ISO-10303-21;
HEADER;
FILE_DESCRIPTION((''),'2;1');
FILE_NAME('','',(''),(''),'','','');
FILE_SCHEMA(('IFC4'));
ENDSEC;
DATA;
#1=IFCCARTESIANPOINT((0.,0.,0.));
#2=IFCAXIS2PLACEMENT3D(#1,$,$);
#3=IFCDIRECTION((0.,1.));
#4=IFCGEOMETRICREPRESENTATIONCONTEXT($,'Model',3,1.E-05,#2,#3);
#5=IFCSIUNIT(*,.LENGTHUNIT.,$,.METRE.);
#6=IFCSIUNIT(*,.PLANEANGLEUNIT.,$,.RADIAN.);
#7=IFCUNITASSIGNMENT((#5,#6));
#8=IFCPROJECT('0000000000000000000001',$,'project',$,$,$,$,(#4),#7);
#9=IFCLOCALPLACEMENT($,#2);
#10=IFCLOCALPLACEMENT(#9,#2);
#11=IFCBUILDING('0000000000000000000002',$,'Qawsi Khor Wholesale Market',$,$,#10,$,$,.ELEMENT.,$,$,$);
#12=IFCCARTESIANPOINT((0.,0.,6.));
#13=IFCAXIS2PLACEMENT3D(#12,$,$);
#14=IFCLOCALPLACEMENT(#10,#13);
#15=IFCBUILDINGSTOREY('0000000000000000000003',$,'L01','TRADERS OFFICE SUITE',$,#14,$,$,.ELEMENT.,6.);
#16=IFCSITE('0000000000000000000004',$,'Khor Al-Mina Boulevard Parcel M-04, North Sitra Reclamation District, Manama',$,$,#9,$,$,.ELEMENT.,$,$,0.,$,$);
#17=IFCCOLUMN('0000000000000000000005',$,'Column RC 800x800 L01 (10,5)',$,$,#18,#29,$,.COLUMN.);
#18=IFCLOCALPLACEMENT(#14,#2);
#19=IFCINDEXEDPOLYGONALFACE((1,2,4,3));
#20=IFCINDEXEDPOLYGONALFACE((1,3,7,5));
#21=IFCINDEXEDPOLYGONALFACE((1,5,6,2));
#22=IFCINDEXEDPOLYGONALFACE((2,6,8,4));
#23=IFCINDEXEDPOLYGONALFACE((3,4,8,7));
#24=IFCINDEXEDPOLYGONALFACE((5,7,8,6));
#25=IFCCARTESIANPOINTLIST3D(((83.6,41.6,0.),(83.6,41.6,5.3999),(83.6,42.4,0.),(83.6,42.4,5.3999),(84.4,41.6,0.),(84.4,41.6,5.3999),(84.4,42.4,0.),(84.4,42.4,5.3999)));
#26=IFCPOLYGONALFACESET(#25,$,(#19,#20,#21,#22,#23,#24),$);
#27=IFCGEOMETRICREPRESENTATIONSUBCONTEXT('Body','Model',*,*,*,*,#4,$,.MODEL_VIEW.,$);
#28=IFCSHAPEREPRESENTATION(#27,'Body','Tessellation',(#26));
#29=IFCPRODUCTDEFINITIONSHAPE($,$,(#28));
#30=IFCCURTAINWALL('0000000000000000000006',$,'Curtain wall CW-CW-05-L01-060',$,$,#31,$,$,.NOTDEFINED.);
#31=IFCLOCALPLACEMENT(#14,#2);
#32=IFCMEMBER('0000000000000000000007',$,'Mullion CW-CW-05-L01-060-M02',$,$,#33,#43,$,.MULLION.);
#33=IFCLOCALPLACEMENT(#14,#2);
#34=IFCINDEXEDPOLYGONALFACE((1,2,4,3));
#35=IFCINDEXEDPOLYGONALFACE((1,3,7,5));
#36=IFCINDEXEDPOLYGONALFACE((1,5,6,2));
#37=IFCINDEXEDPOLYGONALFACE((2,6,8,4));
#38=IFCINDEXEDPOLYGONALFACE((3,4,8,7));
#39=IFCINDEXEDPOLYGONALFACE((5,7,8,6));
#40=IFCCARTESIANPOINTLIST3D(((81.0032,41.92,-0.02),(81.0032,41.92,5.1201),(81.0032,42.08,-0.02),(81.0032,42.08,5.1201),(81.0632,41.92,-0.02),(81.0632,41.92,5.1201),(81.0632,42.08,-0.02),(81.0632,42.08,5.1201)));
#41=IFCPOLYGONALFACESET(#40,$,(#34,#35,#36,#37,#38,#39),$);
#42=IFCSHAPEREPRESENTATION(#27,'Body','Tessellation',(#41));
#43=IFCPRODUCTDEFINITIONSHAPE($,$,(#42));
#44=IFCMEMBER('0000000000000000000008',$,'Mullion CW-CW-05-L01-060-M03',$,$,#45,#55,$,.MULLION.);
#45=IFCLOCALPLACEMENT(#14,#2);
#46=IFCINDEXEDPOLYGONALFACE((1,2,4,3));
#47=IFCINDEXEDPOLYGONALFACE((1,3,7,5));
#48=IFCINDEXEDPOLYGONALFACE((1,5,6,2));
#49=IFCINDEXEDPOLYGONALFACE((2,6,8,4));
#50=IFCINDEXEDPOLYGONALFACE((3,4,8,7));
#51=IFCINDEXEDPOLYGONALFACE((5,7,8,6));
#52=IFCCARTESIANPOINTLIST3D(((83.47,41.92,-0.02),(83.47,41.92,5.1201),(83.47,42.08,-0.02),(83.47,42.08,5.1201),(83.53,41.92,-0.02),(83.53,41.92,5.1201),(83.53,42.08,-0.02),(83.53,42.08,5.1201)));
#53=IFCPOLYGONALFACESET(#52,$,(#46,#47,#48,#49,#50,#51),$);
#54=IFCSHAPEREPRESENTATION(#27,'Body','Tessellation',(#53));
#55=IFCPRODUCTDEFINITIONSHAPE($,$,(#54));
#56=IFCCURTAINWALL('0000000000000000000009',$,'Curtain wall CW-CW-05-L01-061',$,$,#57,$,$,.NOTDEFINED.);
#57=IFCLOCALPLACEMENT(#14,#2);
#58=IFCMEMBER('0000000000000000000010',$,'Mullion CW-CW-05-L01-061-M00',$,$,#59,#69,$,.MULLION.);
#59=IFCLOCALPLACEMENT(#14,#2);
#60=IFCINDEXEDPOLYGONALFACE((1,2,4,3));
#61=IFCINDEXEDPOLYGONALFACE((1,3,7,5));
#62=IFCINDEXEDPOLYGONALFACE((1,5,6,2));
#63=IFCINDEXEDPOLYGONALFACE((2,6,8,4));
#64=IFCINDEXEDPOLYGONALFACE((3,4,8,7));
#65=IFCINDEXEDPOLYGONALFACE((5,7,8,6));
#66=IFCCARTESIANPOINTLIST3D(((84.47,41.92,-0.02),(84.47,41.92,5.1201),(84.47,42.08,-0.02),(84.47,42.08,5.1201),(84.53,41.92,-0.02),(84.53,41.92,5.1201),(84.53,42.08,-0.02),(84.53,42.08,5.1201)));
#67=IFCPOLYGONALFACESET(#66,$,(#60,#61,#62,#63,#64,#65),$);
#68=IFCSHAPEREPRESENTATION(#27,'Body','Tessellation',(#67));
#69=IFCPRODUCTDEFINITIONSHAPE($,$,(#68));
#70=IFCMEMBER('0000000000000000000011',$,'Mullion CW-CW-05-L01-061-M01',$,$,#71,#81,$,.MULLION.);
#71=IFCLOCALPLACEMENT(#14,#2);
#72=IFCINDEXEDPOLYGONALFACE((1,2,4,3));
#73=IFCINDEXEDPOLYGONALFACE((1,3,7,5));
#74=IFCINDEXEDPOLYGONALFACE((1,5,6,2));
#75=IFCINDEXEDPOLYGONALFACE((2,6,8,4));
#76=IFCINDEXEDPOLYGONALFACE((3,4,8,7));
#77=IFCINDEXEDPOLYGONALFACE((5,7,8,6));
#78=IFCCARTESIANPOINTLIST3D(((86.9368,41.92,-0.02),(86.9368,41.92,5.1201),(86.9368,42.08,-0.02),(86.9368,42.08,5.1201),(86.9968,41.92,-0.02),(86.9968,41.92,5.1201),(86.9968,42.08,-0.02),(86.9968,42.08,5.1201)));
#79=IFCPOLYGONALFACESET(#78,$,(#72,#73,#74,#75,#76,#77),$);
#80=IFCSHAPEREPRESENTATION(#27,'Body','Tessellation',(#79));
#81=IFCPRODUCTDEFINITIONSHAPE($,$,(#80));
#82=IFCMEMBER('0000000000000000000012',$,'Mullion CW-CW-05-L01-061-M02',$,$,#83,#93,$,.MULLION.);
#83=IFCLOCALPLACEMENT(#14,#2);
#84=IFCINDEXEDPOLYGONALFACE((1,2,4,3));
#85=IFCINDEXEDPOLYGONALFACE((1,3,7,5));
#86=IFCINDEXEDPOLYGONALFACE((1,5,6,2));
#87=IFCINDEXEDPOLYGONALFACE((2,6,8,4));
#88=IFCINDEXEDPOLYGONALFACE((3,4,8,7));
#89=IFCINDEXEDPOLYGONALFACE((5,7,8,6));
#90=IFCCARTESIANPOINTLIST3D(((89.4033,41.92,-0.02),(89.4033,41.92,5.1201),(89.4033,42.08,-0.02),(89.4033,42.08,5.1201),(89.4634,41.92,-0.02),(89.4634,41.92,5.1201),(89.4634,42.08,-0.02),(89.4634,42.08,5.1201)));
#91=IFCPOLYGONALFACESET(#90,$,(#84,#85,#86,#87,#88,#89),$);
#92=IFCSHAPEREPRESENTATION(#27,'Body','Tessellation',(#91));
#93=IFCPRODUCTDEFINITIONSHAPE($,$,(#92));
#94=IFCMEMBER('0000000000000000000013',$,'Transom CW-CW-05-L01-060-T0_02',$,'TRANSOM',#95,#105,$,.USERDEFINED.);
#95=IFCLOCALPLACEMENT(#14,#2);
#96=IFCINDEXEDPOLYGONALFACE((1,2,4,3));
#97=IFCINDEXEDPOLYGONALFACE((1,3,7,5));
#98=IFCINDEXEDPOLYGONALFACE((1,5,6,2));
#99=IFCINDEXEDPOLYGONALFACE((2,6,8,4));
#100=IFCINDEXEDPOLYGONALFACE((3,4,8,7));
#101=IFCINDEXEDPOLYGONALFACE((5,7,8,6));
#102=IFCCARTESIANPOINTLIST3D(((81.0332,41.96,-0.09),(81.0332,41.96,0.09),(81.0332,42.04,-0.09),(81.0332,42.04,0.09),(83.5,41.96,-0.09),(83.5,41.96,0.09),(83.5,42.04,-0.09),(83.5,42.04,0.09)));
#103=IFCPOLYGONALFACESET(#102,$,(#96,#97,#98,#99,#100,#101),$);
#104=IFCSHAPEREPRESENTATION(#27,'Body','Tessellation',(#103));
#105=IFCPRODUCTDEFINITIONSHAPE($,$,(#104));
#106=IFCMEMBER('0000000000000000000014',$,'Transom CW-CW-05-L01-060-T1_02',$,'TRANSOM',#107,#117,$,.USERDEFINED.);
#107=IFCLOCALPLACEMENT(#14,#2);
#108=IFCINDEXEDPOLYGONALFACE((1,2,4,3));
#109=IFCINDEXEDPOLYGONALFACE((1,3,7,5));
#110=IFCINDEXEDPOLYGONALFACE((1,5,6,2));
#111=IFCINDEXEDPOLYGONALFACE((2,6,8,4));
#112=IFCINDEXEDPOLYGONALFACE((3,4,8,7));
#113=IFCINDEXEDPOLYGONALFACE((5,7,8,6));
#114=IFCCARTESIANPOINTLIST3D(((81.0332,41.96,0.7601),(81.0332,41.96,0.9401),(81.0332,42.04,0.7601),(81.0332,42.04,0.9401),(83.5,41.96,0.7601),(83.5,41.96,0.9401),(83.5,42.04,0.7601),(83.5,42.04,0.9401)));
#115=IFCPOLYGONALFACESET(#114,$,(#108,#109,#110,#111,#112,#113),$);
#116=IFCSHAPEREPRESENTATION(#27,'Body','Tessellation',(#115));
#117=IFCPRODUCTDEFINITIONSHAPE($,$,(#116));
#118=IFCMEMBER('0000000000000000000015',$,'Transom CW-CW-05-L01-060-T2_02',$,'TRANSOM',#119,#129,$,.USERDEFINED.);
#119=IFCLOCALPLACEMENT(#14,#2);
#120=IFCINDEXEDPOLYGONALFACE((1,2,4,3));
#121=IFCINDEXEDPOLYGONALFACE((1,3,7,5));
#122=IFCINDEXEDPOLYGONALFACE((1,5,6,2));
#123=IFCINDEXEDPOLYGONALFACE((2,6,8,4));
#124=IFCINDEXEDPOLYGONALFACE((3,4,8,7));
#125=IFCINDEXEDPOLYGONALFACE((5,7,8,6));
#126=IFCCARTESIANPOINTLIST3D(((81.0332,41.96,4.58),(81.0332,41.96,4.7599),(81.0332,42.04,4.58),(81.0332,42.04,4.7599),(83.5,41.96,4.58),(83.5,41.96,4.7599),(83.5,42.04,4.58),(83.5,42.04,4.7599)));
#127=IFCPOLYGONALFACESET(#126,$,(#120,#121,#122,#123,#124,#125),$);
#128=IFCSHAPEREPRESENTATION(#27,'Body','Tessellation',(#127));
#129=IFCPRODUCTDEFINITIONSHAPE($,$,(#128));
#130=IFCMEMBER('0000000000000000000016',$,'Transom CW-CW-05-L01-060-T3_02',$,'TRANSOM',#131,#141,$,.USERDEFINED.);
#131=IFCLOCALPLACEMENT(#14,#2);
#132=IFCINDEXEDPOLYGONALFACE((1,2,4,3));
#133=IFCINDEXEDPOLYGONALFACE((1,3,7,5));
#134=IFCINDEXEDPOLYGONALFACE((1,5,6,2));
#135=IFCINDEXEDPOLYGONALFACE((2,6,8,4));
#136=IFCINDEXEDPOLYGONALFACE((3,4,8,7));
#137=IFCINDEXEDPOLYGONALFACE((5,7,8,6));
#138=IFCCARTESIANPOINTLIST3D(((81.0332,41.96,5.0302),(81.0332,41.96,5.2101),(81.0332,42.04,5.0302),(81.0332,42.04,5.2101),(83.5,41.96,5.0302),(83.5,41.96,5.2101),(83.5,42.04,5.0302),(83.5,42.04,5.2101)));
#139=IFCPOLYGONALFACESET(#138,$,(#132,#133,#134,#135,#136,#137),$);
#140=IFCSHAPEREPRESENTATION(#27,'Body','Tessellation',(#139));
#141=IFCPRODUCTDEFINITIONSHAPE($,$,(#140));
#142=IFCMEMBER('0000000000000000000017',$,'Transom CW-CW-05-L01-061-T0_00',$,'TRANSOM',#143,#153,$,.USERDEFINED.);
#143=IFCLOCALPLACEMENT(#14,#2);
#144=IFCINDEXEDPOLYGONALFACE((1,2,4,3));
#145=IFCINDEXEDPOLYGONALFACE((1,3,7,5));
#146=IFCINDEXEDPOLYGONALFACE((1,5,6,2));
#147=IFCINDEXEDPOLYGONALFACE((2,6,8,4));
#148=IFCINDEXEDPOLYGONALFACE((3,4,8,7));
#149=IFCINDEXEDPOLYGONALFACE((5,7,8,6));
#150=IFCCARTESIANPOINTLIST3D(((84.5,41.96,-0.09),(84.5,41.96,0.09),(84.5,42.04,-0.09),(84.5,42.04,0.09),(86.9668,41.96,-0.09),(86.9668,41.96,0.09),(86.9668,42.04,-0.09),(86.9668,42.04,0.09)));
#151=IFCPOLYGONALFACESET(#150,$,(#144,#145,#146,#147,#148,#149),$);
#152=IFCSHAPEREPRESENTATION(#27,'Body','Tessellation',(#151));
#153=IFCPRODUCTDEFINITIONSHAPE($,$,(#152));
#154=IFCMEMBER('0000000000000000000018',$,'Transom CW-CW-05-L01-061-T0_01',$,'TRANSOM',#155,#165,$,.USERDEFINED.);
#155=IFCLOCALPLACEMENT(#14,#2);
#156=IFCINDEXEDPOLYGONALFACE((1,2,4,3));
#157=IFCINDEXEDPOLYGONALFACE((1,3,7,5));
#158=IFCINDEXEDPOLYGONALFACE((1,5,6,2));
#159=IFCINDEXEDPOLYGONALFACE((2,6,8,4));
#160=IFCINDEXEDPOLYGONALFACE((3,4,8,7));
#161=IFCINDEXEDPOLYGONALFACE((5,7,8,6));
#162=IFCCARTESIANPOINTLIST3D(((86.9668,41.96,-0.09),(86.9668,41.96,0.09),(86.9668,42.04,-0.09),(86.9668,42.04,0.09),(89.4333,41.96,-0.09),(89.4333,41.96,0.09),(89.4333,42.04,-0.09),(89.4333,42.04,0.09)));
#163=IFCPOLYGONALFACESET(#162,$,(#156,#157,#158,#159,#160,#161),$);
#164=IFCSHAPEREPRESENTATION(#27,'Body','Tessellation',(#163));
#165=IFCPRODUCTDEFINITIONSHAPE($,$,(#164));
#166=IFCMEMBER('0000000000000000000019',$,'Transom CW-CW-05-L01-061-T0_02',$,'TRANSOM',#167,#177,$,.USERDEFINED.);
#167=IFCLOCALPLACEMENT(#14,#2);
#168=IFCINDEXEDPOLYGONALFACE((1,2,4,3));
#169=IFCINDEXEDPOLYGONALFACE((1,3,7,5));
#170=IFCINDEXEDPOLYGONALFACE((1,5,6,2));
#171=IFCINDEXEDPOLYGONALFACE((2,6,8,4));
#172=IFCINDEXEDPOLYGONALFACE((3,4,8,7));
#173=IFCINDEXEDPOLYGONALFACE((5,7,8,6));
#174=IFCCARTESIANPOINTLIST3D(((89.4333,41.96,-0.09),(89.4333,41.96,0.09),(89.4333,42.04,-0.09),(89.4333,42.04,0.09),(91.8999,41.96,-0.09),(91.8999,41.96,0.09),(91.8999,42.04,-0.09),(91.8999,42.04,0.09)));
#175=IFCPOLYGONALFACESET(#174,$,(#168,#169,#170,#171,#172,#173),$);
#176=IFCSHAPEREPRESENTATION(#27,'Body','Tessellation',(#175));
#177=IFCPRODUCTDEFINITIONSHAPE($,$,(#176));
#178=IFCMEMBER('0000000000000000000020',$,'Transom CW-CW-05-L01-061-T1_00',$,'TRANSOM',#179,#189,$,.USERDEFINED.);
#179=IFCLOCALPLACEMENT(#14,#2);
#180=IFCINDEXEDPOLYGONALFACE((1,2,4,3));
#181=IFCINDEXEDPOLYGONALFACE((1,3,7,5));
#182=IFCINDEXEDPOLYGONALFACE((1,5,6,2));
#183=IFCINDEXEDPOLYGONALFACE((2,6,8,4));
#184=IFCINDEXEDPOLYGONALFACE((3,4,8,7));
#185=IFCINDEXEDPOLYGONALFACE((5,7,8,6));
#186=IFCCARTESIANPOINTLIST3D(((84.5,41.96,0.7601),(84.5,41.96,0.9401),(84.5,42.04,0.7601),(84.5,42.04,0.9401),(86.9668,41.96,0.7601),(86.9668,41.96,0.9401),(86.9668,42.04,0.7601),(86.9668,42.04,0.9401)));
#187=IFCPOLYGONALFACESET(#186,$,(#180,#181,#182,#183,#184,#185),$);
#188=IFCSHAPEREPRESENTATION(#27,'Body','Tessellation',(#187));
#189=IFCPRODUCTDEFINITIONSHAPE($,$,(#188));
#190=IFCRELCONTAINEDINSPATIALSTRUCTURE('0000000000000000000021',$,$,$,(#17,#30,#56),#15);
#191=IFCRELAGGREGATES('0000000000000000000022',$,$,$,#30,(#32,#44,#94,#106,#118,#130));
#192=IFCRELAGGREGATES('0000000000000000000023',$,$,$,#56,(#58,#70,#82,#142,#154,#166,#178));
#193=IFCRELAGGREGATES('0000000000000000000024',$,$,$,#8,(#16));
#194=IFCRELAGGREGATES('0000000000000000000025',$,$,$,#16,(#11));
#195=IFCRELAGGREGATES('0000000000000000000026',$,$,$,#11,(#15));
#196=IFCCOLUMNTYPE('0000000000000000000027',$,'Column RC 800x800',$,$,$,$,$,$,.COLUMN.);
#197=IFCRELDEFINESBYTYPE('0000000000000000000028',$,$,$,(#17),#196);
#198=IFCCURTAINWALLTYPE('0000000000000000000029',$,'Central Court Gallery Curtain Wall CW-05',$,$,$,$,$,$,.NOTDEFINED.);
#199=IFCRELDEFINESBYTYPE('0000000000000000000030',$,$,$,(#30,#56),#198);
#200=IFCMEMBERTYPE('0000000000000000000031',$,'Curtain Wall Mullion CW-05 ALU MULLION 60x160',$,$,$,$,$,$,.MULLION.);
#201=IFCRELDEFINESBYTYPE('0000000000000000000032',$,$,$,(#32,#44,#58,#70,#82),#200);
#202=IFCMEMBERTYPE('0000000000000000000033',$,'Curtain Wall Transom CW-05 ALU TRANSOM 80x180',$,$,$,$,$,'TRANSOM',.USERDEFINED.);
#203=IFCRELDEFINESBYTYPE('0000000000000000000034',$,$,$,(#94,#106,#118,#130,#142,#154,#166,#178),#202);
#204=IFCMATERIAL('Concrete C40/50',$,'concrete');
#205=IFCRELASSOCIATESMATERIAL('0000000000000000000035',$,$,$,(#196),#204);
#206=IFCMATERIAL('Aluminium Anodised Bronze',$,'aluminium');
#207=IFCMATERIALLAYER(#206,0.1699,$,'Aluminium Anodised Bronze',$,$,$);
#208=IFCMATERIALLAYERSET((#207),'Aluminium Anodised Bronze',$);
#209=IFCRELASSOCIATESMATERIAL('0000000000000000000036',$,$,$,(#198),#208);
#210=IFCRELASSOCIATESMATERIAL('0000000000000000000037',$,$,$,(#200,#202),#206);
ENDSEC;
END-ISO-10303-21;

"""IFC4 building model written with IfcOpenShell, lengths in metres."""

from ifc_helpers import new_model, si_unit, direction, frame, origin, origin_2d, place, context, subcontext, project, spatial, rectangle, extrude, material, layer, layer_set, material_profile, profile_set, type_object, element, aggregate, save


model = new_model("IFC4")

# Units and contexts
model_context = context("Model", 3, precision=1e-05, world=origin(), true_north=direction((0.0, 1.0)))
body_context = subcontext(model_context, "Body", "Model", "MODEL_VIEW")
ifc_project = project(units=[si_unit("LENGTHUNIT", "METRE"), si_unit("PLANEANGLEUNIT", "RADIAN")], contexts=[model_context])

# Site, building, storey
site_placement = place(None, origin())
site = spatial("IfcSite", under=ifc_project, at=site_placement, Name="Khor Al-Mina Boulevard Parcel M-04, North Sitra Reclamation District, Manama", CompositionType="ELEMENT", RefElevation=0.0)
building_placement = place(site_placement, origin())
building = spatial("IfcBuilding", under=site, at=building_placement, Name="Qawsi Khor Wholesale Market", CompositionType="ELEMENT")
storey_placement = place(building_placement, frame((0.0, 0.0, 6.0)))
storey = spatial("IfcBuildingStorey", under=building, at=storey_placement, Name="L01", Description="TRADERS OFFICE SUITE", CompositionType="ELEMENT", Elevation=6.0)

# Column
ifc_material_1 = material(Name="Concrete C40/50", Category="concrete")
ifc_material_profile_1 = material_profile(ifc_material_1, rectangle(XDim=0.8, YDim=0.8, at=origin_2d()), Name="RC 800x800")
ifc_profile_set_1 = profile_set([ifc_material_profile_1], Name="Concrete C40/50")
column_type = type_object("IfcColumnType", Name="Column RC 800x800", PredefinedType="COLUMN", material=ifc_profile_set_1)
column_placement = place(storey_placement, frame((84.0, 42.0, 0.0), z_axis=(0.0, 0.0, 1.0), x_axis=(1.0, 0.0, 0.0)))
element("IfcColumn", 1, at=column_placement, inside=storey, type_object=column_type, Name="Column RC 800x800 L01 (10,5)", PredefinedType="COLUMN", context=body_context, shape_type="SweptSolid", body=[
    extrude(rectangle(XDim=0.8, YDim=0.8, at=origin_2d()), origin(), (0.0, 0.0, 1.0), 5.3999),
])

# Curtain walls, members
ifc_material_2 = material(Name="Aluminium Anodised Bronze", Category="aluminium")
ifc_layer_1 = layer(ifc_material_2, 0.1699, Name="Aluminium Anodised Bronze")
ifc_layer_set_1 = layer_set([ifc_layer_1], Name="Aluminium Anodised Bronze")
curtain_wall_type = type_object("IfcCurtainWallType", Name="Central Court Gallery Curtain Wall CW-05", PredefinedType="NOTDEFINED", material=ifc_layer_set_1)
curtain_wall_1_placement = place(storey_placement, origin())
curtain_wall_1 = element("IfcCurtainWall", 2, at=curtain_wall_1_placement, inside=storey, type_object=curtain_wall_type, Name="Curtain wall CW-CW-05-L01-060", PredefinedType="NOTDEFINED")
ifc_material_profile_2 = material_profile(ifc_material_2, rectangle(XDim=0.0601, YDim=0.1599, at=origin_2d()), Name="ALU MULLION 60x160")
ifc_profile_set_2 = profile_set([ifc_material_profile_2], Name="Aluminium Anodised Bronze")
member_type_1 = type_object("IfcMemberType", Name="Curtain Wall Mullion CW-05 ALU MULLION 60x160", PredefinedType="MULLION", material=ifc_profile_set_2)
member_1_placement = place(storey_placement, frame((81.0332, 42.0, -0.02), z_axis=(0.0, 0.0, 1.0), x_axis=(1.0, 0.0, 0.0)))
member_1 = element("IfcMember", 3, at=member_1_placement, type_object=member_type_1, Name="Mullion CW-CW-05-L01-060-M02", PredefinedType="MULLION", context=body_context, shape_type="SweptSolid", body=[
    extrude(rectangle(XDim=0.0601, YDim=0.1599, at=origin_2d()), origin(), (0.0, 0.0, 1.0), 5.1401),
])
member_2_placement = place(storey_placement, frame((83.5, 42.0, -0.02), z_axis=(0.0, 0.0, 1.0), x_axis=(1.0, 0.0, 0.0)))
member_2 = element("IfcMember", 4, at=member_2_placement, type_object=member_type_1, Name="Mullion CW-CW-05-L01-060-M03", PredefinedType="MULLION", context=body_context, shape_type="SweptSolid", body=[
    extrude(rectangle(XDim=0.0601, YDim=0.1599, at=origin_2d()), origin(), (0.0, 0.0, 1.0), 5.1401),
])
curtain_wall_2_placement = place(storey_placement, origin())
curtain_wall_2 = element("IfcCurtainWall", 5, at=curtain_wall_2_placement, inside=storey, type_object=curtain_wall_type, Name="Curtain wall CW-CW-05-L01-061", PredefinedType="NOTDEFINED")
member_3_placement = place(storey_placement, frame((84.5, 42.0, -0.02), z_axis=(0.0, 0.0, 1.0), x_axis=(1.0, 0.0, 0.0)))
member_3 = element("IfcMember", 6, at=member_3_placement, type_object=member_type_1, Name="Mullion CW-CW-05-L01-061-M00", PredefinedType="MULLION", context=body_context, shape_type="SweptSolid", body=[
    extrude(rectangle(XDim=0.0601, YDim=0.1599, at=origin_2d()), origin(), (0.0, 0.0, 1.0), 5.1401),
])
member_4_placement = place(storey_placement, frame((86.9668, 42.0, -0.02), z_axis=(0.0, 0.0, 1.0), x_axis=(1.0, 0.0, 0.0)))
member_4 = element("IfcMember", 7, at=member_4_placement, type_object=member_type_1, Name="Mullion CW-CW-05-L01-061-M01", PredefinedType="MULLION", context=body_context, shape_type="SweptSolid", body=[
    extrude(rectangle(XDim=0.0601, YDim=0.1599, at=origin_2d()), origin(), (0.0, 0.0, 1.0), 5.1401),
])
member_5_placement = place(storey_placement, frame((89.4333, 42.0, -0.02), z_axis=(0.0, 0.0, 1.0), x_axis=(1.0, 0.0, 0.0)))
member_5 = element("IfcMember", 8, at=member_5_placement, type_object=member_type_1, Name="Mullion CW-CW-05-L01-061-M02", PredefinedType="MULLION", context=body_context, shape_type="SweptSolid", body=[
    extrude(rectangle(XDim=0.0601, YDim=0.1599, at=origin_2d()), origin(), (0.0, 0.0, 1.0), 5.1401),
])

# Members
ifc_material_profile_3 = material_profile(ifc_material_2, rectangle(XDim=0.0801, YDim=0.1799, at=origin_2d()), Name="ALU TRANSOM 80x180")
ifc_profile_set_3 = profile_set([ifc_material_profile_3], Name="Aluminium Anodised Bronze")
member_type_2 = type_object("IfcMemberType", Name="Curtain Wall Transom CW-05 ALU TRANSOM 80x180", ElementType="TRANSOM", PredefinedType="USERDEFINED", material=ifc_profile_set_3)
member_6_placement = place(storey_placement, frame((81.0332, 42.0, 0.0), z_axis=(1.0, 0.0, 0.0), x_axis=(0.0, 1.0, 0.0)))
member_6 = element("IfcMember", 9, at=member_6_placement, type_object=member_type_2, Name="Transom CW-CW-05-L01-060-T0_02", ObjectType="TRANSOM", PredefinedType="USERDEFINED", context=body_context, shape_type="SweptSolid", body=[
    extrude(rectangle(XDim=0.0801, YDim=0.1799, at=origin_2d()), origin(), (0.0, 0.0, 1.0), 2.4668),
])
member_7_placement = place(storey_placement, frame((81.0332, 42.0, 0.8501), z_axis=(1.0, 0.0, 0.0), x_axis=(0.0, 1.0, 0.0)))
member_7 = element("IfcMember", 10, at=member_7_placement, type_object=member_type_2, Name="Transom CW-CW-05-L01-060-T1_02", ObjectType="TRANSOM", PredefinedType="USERDEFINED", context=body_context, shape_type="SweptSolid", body=[
    extrude(rectangle(XDim=0.0801, YDim=0.1799, at=origin_2d()), origin(), (0.0, 0.0, 1.0), 2.4668),
])
member_8_placement = place(storey_placement, frame((81.0332, 42.0, 4.6699), z_axis=(1.0, 0.0, 0.0), x_axis=(0.0, 1.0, 0.0)))
member_8 = element("IfcMember", 11, at=member_8_placement, type_object=member_type_2, Name="Transom CW-CW-05-L01-060-T2_02", ObjectType="TRANSOM", PredefinedType="USERDEFINED", context=body_context, shape_type="SweptSolid", body=[
    extrude(rectangle(XDim=0.0801, YDim=0.1799, at=origin_2d()), origin(), (0.0, 0.0, 1.0), 2.4668),
])
member_9_placement = place(storey_placement, frame((81.0332, 42.0, 5.1201), z_axis=(1.0, 0.0, 0.0), x_axis=(0.0, 1.0, 0.0)))
member_9 = element("IfcMember", 12, at=member_9_placement, type_object=member_type_2, Name="Transom CW-CW-05-L01-060-T3_02", ObjectType="TRANSOM", PredefinedType="USERDEFINED", context=body_context, shape_type="SweptSolid", body=[
    extrude(rectangle(XDim=0.0801, YDim=0.1799, at=origin_2d()), origin(), (0.0, 0.0, 1.0), 2.4668),
])
member_10_placement = place(storey_placement, frame((84.5, 42.0, 0.0), z_axis=(1.0, 0.0, 0.0), x_axis=(0.0, 1.0, 0.0)))
member_10 = element("IfcMember", 13, at=member_10_placement, type_object=member_type_2, Name="Transom CW-CW-05-L01-061-T0_00", ObjectType="TRANSOM", PredefinedType="USERDEFINED", context=body_context, shape_type="SweptSolid", body=[
    extrude(rectangle(XDim=0.0801, YDim=0.1799, at=origin_2d()), origin(), (0.0, 0.0, 1.0), 2.4668),
])
member_11_placement = place(storey_placement, frame((86.9668, 42.0, 0.0), z_axis=(1.0, 0.0, 0.0), x_axis=(0.0, 1.0, 0.0)))
member_11 = element("IfcMember", 14, at=member_11_placement, type_object=member_type_2, Name="Transom CW-CW-05-L01-061-T0_01", ObjectType="TRANSOM", PredefinedType="USERDEFINED", context=body_context, shape_type="SweptSolid", body=[
    extrude(rectangle(XDim=0.0801, YDim=0.1799, at=origin_2d()), origin(), (0.0, 0.0, 1.0), 2.4666),
])
member_12_placement = place(storey_placement, frame((89.4333, 42.0, 0.0), z_axis=(1.0, 0.0, 0.0), x_axis=(0.0, 1.0, 0.0)))
member_12 = element("IfcMember", 15, at=member_12_placement, type_object=member_type_2, Name="Transom CW-CW-05-L01-061-T0_02", ObjectType="TRANSOM", PredefinedType="USERDEFINED", context=body_context, shape_type="SweptSolid", body=[
    extrude(rectangle(XDim=0.0801, YDim=0.1799, at=origin_2d()), origin(), (0.0, 0.0, 1.0), 2.4666),
])
member_13_placement = place(storey_placement, frame((84.5, 42.0, 0.8501), z_axis=(1.0, 0.0, 0.0), x_axis=(0.0, 1.0, 0.0)))
member_13 = element("IfcMember", 16, at=member_13_placement, type_object=member_type_2, Name="Transom CW-CW-05-L01-061-T1_00", ObjectType="TRANSOM", PredefinedType="USERDEFINED", context=body_context, shape_type="SweptSolid", body=[
    extrude(rectangle(XDim=0.0801, YDim=0.1799, at=origin_2d()), origin(), (0.0, 0.0, 1.0), 2.4668),
])

aggregate(curtain_wall_1, [member_1, member_2, member_6, member_7, member_8, member_9])
aggregate(curtain_wall_2, [member_3, member_4, member_5, member_10, member_11, member_12, member_13])

save(model, "model.ifc")
